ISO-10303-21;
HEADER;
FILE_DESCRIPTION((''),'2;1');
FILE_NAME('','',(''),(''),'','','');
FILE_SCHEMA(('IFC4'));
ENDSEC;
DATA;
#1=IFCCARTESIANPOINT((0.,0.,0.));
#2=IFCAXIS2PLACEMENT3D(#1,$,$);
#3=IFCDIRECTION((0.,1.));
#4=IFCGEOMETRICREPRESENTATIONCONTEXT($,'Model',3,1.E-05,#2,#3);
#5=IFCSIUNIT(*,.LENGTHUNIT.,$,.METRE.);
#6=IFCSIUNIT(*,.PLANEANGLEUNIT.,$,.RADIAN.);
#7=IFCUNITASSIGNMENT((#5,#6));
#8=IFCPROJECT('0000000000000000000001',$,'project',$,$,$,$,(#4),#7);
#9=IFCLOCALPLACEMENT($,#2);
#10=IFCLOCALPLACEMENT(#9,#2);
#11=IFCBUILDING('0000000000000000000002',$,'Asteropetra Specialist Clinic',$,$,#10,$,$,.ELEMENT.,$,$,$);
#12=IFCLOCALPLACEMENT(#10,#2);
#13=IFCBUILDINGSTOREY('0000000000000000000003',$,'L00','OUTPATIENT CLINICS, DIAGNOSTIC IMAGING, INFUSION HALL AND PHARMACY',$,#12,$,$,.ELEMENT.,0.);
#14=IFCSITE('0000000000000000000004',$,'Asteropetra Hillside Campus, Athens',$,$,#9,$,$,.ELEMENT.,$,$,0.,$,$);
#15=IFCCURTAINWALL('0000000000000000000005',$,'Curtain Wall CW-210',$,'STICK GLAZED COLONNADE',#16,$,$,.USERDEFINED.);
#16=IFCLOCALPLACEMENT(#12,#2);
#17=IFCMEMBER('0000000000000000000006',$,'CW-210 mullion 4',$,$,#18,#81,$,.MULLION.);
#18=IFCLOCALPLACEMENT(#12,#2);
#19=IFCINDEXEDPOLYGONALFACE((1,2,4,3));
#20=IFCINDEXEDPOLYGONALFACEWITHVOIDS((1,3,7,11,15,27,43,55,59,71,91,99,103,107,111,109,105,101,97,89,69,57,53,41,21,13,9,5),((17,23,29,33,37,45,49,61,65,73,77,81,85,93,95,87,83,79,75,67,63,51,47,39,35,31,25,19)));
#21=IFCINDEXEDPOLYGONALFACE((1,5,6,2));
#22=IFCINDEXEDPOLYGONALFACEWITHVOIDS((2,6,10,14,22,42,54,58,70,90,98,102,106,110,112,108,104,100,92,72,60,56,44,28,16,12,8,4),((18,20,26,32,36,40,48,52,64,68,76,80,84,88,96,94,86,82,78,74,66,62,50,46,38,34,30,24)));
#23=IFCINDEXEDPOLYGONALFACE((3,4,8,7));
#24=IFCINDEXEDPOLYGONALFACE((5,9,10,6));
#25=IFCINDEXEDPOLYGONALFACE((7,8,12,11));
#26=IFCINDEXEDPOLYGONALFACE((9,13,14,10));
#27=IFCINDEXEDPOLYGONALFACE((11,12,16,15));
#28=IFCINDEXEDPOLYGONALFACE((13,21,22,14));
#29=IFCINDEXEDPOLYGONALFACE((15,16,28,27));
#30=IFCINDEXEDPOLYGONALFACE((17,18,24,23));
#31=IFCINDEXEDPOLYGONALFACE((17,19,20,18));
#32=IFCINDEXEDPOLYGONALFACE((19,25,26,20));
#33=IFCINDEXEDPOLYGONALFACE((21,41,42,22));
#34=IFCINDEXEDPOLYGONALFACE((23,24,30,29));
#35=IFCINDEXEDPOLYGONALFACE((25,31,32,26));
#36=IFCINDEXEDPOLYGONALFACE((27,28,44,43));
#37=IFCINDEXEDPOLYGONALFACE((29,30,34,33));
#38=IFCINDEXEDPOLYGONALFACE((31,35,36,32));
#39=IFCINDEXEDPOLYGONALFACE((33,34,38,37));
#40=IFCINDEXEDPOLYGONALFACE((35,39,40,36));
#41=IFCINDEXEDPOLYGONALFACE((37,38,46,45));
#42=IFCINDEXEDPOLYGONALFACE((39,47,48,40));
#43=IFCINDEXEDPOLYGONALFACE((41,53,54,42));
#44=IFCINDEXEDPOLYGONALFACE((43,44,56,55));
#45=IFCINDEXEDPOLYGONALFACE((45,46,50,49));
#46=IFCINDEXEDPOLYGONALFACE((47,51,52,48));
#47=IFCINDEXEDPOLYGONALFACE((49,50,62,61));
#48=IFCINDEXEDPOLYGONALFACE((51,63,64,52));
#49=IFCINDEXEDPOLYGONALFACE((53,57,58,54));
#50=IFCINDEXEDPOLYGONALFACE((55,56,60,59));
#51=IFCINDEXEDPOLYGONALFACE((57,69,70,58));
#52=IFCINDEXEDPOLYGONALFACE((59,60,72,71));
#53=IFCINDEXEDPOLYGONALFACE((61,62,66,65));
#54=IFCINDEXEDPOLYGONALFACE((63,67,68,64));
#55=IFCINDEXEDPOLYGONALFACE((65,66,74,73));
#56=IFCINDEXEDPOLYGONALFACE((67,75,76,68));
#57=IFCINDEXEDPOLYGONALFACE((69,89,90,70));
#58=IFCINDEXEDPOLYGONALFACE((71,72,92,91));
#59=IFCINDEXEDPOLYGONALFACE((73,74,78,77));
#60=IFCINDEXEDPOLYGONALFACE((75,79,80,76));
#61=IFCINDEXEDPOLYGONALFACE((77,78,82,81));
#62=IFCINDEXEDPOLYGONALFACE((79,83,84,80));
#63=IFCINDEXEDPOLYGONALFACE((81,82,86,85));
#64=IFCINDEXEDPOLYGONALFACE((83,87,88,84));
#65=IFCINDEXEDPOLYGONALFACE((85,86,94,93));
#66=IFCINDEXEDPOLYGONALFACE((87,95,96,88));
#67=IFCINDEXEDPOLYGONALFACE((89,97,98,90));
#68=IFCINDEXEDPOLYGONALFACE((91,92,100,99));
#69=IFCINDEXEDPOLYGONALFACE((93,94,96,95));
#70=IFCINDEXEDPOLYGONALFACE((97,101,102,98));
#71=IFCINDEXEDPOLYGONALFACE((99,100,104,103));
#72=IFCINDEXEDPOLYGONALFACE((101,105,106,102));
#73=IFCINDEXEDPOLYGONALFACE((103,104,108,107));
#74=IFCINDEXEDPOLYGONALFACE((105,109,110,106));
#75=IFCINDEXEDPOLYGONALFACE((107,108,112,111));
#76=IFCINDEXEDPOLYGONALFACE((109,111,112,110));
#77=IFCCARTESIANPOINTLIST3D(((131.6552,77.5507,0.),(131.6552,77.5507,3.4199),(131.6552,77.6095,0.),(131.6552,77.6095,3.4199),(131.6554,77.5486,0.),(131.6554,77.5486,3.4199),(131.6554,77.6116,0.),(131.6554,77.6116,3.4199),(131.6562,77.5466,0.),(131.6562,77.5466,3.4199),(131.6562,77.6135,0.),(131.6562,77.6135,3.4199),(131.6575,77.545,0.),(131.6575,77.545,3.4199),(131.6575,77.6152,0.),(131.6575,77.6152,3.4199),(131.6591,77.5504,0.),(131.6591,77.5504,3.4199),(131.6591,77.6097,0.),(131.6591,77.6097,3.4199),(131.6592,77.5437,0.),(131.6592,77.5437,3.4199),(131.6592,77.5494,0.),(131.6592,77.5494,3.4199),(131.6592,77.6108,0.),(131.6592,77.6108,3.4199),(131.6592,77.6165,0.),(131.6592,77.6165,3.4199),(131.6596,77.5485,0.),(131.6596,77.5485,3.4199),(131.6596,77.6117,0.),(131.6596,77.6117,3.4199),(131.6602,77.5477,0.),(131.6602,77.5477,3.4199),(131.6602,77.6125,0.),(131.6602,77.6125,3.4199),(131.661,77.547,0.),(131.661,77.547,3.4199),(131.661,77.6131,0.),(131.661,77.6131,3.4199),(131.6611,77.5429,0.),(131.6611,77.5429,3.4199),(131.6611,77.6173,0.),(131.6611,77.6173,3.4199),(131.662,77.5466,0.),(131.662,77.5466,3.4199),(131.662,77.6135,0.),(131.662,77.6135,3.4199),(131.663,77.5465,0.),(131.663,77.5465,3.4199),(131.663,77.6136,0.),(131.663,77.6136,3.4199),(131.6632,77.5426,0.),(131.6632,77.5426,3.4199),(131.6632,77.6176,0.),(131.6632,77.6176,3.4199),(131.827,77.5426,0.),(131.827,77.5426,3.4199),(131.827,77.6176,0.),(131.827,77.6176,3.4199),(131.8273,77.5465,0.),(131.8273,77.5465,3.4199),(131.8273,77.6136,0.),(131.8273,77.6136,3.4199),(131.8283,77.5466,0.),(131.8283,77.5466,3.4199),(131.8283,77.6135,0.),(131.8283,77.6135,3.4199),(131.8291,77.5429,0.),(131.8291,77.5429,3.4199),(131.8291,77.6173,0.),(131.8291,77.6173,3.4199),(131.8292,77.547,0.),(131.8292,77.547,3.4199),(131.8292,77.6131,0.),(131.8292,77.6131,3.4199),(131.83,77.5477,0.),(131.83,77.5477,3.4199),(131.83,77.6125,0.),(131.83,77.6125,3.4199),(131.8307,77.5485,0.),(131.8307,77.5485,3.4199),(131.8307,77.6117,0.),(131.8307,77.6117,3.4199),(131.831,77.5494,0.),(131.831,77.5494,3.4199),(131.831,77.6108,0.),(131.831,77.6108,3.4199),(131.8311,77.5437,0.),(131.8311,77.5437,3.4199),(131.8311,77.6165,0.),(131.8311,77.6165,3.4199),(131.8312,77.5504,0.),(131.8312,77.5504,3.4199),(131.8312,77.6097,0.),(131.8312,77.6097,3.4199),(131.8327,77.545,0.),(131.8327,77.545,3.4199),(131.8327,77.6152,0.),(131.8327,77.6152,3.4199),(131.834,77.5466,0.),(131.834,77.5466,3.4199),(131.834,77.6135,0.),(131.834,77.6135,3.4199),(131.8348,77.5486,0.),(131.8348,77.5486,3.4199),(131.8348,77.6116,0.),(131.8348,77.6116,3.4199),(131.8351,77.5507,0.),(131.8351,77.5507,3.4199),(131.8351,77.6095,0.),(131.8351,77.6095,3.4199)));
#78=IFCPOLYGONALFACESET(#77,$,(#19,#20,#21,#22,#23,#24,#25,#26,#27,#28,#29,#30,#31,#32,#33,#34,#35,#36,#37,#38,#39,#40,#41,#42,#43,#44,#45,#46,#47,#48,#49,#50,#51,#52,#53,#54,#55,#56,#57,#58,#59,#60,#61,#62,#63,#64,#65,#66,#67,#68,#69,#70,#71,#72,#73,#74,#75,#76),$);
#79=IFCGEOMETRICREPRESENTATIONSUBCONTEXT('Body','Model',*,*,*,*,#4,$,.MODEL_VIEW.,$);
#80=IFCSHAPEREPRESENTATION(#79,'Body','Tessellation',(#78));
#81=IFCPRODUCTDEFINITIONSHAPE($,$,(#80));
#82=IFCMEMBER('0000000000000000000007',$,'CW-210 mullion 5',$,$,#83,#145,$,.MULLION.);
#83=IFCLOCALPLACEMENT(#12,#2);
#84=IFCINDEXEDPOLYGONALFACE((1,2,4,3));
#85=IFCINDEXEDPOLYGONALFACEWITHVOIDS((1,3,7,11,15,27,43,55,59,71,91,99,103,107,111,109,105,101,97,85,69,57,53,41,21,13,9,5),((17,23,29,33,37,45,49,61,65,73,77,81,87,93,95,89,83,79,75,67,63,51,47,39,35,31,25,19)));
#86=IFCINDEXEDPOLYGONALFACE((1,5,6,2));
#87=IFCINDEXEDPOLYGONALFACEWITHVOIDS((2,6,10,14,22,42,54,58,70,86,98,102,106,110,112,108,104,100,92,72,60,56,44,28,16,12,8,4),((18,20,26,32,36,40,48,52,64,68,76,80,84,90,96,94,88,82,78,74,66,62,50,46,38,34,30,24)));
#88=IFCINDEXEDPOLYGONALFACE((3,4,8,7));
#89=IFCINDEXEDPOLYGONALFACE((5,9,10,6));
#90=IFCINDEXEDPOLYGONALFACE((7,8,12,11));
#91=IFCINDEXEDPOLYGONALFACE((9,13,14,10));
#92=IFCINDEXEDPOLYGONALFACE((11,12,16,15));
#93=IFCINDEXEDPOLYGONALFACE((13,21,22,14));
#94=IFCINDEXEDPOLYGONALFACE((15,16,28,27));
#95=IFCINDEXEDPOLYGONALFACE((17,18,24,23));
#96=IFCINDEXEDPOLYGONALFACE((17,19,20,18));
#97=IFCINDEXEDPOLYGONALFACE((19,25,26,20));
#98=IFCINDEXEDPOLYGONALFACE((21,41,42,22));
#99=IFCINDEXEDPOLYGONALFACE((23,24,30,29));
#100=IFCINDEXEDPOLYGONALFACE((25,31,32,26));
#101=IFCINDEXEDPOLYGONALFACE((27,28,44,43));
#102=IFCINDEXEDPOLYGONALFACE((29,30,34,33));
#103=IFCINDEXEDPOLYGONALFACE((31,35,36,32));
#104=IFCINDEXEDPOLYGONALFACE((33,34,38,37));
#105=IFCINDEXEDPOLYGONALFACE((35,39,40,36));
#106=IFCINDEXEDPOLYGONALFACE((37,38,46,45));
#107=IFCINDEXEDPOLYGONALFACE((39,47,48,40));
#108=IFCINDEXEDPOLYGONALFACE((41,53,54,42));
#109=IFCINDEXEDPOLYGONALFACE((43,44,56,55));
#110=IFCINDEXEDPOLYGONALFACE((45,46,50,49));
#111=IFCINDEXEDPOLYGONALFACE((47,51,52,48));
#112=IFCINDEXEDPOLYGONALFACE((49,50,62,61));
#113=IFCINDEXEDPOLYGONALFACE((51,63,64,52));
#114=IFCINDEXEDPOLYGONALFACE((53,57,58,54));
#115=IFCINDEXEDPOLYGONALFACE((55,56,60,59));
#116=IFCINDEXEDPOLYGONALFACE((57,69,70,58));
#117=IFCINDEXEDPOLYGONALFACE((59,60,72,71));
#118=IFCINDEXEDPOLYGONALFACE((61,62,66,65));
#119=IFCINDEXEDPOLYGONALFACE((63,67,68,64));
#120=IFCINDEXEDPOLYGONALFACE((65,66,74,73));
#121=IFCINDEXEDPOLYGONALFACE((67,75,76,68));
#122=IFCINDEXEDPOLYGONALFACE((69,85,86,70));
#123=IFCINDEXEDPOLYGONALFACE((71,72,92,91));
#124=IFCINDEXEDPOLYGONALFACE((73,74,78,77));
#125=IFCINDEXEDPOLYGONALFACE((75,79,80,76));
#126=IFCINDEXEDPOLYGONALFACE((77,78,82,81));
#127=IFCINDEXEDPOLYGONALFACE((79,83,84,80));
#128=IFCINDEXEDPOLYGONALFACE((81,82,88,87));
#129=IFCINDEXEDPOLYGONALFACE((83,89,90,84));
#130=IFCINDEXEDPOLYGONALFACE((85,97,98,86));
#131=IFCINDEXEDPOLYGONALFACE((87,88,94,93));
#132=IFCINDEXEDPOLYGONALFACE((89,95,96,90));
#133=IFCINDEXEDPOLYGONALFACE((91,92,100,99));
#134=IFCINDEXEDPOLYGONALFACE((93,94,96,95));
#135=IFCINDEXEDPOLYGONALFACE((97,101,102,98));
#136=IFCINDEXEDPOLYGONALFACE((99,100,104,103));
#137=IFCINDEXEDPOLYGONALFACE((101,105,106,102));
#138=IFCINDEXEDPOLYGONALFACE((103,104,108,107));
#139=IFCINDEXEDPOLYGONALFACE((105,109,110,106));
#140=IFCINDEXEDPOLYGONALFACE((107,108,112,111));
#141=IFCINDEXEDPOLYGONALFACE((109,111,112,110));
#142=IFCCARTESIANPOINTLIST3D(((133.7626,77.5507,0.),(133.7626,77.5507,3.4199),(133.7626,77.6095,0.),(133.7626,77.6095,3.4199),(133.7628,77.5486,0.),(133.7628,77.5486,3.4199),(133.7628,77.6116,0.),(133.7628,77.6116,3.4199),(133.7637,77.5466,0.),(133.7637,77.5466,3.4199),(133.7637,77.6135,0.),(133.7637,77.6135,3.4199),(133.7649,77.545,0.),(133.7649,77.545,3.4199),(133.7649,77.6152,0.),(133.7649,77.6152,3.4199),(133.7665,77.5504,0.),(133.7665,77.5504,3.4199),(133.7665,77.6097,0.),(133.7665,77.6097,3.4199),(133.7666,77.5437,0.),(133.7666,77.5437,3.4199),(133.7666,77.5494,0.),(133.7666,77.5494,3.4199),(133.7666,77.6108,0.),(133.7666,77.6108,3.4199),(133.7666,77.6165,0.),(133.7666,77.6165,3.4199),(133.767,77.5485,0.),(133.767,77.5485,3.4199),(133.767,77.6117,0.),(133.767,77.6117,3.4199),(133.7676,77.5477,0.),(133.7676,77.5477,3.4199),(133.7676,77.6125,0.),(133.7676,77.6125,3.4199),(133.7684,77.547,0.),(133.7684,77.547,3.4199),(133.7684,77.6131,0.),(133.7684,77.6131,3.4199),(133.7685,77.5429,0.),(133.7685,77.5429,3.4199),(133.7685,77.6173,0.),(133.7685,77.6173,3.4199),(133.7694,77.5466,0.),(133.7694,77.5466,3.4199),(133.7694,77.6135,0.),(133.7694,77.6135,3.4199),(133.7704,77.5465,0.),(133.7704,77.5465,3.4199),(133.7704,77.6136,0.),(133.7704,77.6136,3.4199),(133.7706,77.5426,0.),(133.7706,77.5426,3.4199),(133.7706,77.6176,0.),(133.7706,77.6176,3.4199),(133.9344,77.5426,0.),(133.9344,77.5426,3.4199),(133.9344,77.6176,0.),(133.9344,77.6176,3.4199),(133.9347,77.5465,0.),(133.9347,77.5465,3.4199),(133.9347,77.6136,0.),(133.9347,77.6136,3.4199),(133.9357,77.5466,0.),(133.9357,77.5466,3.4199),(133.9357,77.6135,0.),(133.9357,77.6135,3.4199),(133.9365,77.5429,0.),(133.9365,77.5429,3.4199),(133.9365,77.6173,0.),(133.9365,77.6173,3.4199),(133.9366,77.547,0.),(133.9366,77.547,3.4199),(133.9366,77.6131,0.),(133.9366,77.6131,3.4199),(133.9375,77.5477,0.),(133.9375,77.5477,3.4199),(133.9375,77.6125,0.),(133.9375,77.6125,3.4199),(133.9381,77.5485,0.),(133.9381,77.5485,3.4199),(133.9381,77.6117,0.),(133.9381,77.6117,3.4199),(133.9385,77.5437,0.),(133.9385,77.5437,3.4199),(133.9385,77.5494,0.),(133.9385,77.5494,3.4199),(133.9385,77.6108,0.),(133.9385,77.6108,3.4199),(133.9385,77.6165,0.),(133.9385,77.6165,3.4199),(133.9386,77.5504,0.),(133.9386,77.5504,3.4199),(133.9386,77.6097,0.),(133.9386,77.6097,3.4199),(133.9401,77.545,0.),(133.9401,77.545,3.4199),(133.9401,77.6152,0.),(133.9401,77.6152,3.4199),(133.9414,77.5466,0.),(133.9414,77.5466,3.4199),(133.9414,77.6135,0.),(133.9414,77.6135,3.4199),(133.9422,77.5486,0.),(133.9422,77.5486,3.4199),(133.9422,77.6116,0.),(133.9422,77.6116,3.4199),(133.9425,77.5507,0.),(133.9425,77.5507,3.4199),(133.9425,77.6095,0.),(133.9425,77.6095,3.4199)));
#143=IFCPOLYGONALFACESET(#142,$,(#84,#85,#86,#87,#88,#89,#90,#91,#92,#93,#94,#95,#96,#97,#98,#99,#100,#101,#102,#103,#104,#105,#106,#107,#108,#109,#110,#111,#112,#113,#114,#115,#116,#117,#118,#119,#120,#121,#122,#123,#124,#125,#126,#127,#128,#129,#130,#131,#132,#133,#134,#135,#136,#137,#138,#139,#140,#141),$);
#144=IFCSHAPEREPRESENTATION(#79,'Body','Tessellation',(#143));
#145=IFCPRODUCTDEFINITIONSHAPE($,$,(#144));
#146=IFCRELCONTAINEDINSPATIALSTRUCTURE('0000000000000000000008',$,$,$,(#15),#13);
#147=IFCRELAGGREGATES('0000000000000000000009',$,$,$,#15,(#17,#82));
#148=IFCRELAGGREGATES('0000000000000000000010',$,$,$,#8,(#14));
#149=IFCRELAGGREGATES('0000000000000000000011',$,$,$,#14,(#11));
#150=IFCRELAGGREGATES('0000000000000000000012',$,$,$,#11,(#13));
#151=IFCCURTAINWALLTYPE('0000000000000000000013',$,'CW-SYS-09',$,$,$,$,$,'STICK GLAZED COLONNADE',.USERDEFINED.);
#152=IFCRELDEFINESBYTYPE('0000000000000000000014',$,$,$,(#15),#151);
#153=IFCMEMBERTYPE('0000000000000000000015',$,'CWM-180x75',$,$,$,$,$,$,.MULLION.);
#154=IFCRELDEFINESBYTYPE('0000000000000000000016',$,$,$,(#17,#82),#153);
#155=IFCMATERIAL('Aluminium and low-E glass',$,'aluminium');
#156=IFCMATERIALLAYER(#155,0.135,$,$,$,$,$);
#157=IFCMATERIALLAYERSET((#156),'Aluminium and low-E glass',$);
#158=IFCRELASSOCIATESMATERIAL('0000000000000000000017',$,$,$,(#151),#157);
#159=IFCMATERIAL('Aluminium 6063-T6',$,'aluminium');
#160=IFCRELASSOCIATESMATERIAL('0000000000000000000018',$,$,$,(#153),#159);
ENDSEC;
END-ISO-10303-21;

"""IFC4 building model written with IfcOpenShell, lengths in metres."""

from ifc_helpers import new_model, si_unit, direction, frame, origin, origin_2d, place, context, subcontext, project, spatial, hollow_rectangle, extrude, material, layer, layer_set, material_profile, profile_set, type_object, element, aggregate, save


model = new_model("IFC4")

# Units and contexts
model_context = context("Model", 3, precision=1e-05, world=origin(), true_north=direction((0.0, 1.0)))
body_context = subcontext(model_context, "Body", "Model", "MODEL_VIEW")
ifc_project = project(units=[si_unit("LENGTHUNIT", "METRE"), si_unit("PLANEANGLEUNIT", "RADIAN")], contexts=[model_context])

# Site, building, storey
site_placement = place(None, origin())
site = spatial("IfcSite", under=ifc_project, at=site_placement, Name="Asteropetra Hillside Campus, Athens", CompositionType="ELEMENT", RefElevation=0.0)
building_placement = place(site_placement, origin())
building = spatial("IfcBuilding", under=site, at=building_placement, Name="Asteropetra Specialist Clinic", CompositionType="ELEMENT")
storey_placement = place(building_placement, origin())
storey = spatial("IfcBuildingStorey", under=building, at=storey_placement, Name="L00", Description="OUTPATIENT CLINICS, DIAGNOSTIC IMAGING, INFUSION HALL AND PHARMACY", CompositionType="ELEMENT", Elevation=0.0)

# Curtain wall, members
ifc_material_1 = material(Name="Aluminium and low-E glass", Category="aluminium")
ifc_layer_1 = layer(ifc_material_1, 0.135)
ifc_layer_set_1 = layer_set([ifc_layer_1], Name="Aluminium and low-E glass")
curtain_wall_type = type_object("IfcCurtainWallType", Name="CW-SYS-09", ElementType="STICK GLAZED COLONNADE", PredefinedType="USERDEFINED", material=ifc_layer_set_1)
curtain_wall_placement = place(storey_placement, origin())
curtain_wall = element("IfcCurtainWall", 1, at=curtain_wall_placement, inside=storey, type_object=curtain_wall_type, Name="Curtain Wall CW-210", ObjectType="STICK GLAZED COLONNADE", PredefinedType="USERDEFINED")
ifc_material_2 = material(Name="Aluminium 6063-T6", Category="aluminium")
ifc_material_profile_1 = material_profile(ifc_material_2, hollow_rectangle(XDim=0.075, YDim=0.1799, WallThickness=0.0039, InnerFilletRadius=0.0039, OuterFilletRadius=0.0081, at=origin_2d()), Name="MUL 180x75x4.0")
ifc_profile_set_1 = profile_set([ifc_material_profile_1], Name="Aluminium 6063-T6")
member_type_1 = type_object("IfcMemberType", Name="CWM-180x75", PredefinedType="MULLION", material=ifc_profile_set_1)
member_1_placement = place(storey_placement, frame((131.7451, 77.5801, 0.0), z_axis=(0.0, 0.0, 1.0), x_axis=(0.0, 1.0, 0.0)))
member_1 = element("IfcMember", 2, at=member_1_placement, type_object=member_type_1, Name="CW-210 mullion 4", PredefinedType="MULLION", context=body_context, shape_type="SweptSolid", body=[
    extrude(hollow_rectangle(XDim=0.075, YDim=0.1799, WallThickness=0.0039, InnerFilletRadius=0.0039, OuterFilletRadius=0.0081, at=origin_2d()), origin(), (0.0, 0.0, 1.0), 3.4199),
])
member_2_placement = place(storey_placement, frame((133.8525, 77.5801, 0.0), z_axis=(0.0, 0.0, 1.0), x_axis=(0.0, 1.0, 0.0)))
member_2 = element("IfcMember", 3, at=member_2_placement, type_object=member_type_1, Name="CW-210 mullion 5", PredefinedType="MULLION", context=body_context, shape_type="SweptSolid", body=[
    extrude(hollow_rectangle(XDim=0.075, YDim=0.1799, WallThickness=0.0039, InnerFilletRadius=0.0039, OuterFilletRadius=0.0081, at=origin_2d()), origin(), (0.0, 0.0, 1.0), 3.4199),
])
aggregate(curtain_wall, [member_1, member_2])

save(model, "model.ifc")
